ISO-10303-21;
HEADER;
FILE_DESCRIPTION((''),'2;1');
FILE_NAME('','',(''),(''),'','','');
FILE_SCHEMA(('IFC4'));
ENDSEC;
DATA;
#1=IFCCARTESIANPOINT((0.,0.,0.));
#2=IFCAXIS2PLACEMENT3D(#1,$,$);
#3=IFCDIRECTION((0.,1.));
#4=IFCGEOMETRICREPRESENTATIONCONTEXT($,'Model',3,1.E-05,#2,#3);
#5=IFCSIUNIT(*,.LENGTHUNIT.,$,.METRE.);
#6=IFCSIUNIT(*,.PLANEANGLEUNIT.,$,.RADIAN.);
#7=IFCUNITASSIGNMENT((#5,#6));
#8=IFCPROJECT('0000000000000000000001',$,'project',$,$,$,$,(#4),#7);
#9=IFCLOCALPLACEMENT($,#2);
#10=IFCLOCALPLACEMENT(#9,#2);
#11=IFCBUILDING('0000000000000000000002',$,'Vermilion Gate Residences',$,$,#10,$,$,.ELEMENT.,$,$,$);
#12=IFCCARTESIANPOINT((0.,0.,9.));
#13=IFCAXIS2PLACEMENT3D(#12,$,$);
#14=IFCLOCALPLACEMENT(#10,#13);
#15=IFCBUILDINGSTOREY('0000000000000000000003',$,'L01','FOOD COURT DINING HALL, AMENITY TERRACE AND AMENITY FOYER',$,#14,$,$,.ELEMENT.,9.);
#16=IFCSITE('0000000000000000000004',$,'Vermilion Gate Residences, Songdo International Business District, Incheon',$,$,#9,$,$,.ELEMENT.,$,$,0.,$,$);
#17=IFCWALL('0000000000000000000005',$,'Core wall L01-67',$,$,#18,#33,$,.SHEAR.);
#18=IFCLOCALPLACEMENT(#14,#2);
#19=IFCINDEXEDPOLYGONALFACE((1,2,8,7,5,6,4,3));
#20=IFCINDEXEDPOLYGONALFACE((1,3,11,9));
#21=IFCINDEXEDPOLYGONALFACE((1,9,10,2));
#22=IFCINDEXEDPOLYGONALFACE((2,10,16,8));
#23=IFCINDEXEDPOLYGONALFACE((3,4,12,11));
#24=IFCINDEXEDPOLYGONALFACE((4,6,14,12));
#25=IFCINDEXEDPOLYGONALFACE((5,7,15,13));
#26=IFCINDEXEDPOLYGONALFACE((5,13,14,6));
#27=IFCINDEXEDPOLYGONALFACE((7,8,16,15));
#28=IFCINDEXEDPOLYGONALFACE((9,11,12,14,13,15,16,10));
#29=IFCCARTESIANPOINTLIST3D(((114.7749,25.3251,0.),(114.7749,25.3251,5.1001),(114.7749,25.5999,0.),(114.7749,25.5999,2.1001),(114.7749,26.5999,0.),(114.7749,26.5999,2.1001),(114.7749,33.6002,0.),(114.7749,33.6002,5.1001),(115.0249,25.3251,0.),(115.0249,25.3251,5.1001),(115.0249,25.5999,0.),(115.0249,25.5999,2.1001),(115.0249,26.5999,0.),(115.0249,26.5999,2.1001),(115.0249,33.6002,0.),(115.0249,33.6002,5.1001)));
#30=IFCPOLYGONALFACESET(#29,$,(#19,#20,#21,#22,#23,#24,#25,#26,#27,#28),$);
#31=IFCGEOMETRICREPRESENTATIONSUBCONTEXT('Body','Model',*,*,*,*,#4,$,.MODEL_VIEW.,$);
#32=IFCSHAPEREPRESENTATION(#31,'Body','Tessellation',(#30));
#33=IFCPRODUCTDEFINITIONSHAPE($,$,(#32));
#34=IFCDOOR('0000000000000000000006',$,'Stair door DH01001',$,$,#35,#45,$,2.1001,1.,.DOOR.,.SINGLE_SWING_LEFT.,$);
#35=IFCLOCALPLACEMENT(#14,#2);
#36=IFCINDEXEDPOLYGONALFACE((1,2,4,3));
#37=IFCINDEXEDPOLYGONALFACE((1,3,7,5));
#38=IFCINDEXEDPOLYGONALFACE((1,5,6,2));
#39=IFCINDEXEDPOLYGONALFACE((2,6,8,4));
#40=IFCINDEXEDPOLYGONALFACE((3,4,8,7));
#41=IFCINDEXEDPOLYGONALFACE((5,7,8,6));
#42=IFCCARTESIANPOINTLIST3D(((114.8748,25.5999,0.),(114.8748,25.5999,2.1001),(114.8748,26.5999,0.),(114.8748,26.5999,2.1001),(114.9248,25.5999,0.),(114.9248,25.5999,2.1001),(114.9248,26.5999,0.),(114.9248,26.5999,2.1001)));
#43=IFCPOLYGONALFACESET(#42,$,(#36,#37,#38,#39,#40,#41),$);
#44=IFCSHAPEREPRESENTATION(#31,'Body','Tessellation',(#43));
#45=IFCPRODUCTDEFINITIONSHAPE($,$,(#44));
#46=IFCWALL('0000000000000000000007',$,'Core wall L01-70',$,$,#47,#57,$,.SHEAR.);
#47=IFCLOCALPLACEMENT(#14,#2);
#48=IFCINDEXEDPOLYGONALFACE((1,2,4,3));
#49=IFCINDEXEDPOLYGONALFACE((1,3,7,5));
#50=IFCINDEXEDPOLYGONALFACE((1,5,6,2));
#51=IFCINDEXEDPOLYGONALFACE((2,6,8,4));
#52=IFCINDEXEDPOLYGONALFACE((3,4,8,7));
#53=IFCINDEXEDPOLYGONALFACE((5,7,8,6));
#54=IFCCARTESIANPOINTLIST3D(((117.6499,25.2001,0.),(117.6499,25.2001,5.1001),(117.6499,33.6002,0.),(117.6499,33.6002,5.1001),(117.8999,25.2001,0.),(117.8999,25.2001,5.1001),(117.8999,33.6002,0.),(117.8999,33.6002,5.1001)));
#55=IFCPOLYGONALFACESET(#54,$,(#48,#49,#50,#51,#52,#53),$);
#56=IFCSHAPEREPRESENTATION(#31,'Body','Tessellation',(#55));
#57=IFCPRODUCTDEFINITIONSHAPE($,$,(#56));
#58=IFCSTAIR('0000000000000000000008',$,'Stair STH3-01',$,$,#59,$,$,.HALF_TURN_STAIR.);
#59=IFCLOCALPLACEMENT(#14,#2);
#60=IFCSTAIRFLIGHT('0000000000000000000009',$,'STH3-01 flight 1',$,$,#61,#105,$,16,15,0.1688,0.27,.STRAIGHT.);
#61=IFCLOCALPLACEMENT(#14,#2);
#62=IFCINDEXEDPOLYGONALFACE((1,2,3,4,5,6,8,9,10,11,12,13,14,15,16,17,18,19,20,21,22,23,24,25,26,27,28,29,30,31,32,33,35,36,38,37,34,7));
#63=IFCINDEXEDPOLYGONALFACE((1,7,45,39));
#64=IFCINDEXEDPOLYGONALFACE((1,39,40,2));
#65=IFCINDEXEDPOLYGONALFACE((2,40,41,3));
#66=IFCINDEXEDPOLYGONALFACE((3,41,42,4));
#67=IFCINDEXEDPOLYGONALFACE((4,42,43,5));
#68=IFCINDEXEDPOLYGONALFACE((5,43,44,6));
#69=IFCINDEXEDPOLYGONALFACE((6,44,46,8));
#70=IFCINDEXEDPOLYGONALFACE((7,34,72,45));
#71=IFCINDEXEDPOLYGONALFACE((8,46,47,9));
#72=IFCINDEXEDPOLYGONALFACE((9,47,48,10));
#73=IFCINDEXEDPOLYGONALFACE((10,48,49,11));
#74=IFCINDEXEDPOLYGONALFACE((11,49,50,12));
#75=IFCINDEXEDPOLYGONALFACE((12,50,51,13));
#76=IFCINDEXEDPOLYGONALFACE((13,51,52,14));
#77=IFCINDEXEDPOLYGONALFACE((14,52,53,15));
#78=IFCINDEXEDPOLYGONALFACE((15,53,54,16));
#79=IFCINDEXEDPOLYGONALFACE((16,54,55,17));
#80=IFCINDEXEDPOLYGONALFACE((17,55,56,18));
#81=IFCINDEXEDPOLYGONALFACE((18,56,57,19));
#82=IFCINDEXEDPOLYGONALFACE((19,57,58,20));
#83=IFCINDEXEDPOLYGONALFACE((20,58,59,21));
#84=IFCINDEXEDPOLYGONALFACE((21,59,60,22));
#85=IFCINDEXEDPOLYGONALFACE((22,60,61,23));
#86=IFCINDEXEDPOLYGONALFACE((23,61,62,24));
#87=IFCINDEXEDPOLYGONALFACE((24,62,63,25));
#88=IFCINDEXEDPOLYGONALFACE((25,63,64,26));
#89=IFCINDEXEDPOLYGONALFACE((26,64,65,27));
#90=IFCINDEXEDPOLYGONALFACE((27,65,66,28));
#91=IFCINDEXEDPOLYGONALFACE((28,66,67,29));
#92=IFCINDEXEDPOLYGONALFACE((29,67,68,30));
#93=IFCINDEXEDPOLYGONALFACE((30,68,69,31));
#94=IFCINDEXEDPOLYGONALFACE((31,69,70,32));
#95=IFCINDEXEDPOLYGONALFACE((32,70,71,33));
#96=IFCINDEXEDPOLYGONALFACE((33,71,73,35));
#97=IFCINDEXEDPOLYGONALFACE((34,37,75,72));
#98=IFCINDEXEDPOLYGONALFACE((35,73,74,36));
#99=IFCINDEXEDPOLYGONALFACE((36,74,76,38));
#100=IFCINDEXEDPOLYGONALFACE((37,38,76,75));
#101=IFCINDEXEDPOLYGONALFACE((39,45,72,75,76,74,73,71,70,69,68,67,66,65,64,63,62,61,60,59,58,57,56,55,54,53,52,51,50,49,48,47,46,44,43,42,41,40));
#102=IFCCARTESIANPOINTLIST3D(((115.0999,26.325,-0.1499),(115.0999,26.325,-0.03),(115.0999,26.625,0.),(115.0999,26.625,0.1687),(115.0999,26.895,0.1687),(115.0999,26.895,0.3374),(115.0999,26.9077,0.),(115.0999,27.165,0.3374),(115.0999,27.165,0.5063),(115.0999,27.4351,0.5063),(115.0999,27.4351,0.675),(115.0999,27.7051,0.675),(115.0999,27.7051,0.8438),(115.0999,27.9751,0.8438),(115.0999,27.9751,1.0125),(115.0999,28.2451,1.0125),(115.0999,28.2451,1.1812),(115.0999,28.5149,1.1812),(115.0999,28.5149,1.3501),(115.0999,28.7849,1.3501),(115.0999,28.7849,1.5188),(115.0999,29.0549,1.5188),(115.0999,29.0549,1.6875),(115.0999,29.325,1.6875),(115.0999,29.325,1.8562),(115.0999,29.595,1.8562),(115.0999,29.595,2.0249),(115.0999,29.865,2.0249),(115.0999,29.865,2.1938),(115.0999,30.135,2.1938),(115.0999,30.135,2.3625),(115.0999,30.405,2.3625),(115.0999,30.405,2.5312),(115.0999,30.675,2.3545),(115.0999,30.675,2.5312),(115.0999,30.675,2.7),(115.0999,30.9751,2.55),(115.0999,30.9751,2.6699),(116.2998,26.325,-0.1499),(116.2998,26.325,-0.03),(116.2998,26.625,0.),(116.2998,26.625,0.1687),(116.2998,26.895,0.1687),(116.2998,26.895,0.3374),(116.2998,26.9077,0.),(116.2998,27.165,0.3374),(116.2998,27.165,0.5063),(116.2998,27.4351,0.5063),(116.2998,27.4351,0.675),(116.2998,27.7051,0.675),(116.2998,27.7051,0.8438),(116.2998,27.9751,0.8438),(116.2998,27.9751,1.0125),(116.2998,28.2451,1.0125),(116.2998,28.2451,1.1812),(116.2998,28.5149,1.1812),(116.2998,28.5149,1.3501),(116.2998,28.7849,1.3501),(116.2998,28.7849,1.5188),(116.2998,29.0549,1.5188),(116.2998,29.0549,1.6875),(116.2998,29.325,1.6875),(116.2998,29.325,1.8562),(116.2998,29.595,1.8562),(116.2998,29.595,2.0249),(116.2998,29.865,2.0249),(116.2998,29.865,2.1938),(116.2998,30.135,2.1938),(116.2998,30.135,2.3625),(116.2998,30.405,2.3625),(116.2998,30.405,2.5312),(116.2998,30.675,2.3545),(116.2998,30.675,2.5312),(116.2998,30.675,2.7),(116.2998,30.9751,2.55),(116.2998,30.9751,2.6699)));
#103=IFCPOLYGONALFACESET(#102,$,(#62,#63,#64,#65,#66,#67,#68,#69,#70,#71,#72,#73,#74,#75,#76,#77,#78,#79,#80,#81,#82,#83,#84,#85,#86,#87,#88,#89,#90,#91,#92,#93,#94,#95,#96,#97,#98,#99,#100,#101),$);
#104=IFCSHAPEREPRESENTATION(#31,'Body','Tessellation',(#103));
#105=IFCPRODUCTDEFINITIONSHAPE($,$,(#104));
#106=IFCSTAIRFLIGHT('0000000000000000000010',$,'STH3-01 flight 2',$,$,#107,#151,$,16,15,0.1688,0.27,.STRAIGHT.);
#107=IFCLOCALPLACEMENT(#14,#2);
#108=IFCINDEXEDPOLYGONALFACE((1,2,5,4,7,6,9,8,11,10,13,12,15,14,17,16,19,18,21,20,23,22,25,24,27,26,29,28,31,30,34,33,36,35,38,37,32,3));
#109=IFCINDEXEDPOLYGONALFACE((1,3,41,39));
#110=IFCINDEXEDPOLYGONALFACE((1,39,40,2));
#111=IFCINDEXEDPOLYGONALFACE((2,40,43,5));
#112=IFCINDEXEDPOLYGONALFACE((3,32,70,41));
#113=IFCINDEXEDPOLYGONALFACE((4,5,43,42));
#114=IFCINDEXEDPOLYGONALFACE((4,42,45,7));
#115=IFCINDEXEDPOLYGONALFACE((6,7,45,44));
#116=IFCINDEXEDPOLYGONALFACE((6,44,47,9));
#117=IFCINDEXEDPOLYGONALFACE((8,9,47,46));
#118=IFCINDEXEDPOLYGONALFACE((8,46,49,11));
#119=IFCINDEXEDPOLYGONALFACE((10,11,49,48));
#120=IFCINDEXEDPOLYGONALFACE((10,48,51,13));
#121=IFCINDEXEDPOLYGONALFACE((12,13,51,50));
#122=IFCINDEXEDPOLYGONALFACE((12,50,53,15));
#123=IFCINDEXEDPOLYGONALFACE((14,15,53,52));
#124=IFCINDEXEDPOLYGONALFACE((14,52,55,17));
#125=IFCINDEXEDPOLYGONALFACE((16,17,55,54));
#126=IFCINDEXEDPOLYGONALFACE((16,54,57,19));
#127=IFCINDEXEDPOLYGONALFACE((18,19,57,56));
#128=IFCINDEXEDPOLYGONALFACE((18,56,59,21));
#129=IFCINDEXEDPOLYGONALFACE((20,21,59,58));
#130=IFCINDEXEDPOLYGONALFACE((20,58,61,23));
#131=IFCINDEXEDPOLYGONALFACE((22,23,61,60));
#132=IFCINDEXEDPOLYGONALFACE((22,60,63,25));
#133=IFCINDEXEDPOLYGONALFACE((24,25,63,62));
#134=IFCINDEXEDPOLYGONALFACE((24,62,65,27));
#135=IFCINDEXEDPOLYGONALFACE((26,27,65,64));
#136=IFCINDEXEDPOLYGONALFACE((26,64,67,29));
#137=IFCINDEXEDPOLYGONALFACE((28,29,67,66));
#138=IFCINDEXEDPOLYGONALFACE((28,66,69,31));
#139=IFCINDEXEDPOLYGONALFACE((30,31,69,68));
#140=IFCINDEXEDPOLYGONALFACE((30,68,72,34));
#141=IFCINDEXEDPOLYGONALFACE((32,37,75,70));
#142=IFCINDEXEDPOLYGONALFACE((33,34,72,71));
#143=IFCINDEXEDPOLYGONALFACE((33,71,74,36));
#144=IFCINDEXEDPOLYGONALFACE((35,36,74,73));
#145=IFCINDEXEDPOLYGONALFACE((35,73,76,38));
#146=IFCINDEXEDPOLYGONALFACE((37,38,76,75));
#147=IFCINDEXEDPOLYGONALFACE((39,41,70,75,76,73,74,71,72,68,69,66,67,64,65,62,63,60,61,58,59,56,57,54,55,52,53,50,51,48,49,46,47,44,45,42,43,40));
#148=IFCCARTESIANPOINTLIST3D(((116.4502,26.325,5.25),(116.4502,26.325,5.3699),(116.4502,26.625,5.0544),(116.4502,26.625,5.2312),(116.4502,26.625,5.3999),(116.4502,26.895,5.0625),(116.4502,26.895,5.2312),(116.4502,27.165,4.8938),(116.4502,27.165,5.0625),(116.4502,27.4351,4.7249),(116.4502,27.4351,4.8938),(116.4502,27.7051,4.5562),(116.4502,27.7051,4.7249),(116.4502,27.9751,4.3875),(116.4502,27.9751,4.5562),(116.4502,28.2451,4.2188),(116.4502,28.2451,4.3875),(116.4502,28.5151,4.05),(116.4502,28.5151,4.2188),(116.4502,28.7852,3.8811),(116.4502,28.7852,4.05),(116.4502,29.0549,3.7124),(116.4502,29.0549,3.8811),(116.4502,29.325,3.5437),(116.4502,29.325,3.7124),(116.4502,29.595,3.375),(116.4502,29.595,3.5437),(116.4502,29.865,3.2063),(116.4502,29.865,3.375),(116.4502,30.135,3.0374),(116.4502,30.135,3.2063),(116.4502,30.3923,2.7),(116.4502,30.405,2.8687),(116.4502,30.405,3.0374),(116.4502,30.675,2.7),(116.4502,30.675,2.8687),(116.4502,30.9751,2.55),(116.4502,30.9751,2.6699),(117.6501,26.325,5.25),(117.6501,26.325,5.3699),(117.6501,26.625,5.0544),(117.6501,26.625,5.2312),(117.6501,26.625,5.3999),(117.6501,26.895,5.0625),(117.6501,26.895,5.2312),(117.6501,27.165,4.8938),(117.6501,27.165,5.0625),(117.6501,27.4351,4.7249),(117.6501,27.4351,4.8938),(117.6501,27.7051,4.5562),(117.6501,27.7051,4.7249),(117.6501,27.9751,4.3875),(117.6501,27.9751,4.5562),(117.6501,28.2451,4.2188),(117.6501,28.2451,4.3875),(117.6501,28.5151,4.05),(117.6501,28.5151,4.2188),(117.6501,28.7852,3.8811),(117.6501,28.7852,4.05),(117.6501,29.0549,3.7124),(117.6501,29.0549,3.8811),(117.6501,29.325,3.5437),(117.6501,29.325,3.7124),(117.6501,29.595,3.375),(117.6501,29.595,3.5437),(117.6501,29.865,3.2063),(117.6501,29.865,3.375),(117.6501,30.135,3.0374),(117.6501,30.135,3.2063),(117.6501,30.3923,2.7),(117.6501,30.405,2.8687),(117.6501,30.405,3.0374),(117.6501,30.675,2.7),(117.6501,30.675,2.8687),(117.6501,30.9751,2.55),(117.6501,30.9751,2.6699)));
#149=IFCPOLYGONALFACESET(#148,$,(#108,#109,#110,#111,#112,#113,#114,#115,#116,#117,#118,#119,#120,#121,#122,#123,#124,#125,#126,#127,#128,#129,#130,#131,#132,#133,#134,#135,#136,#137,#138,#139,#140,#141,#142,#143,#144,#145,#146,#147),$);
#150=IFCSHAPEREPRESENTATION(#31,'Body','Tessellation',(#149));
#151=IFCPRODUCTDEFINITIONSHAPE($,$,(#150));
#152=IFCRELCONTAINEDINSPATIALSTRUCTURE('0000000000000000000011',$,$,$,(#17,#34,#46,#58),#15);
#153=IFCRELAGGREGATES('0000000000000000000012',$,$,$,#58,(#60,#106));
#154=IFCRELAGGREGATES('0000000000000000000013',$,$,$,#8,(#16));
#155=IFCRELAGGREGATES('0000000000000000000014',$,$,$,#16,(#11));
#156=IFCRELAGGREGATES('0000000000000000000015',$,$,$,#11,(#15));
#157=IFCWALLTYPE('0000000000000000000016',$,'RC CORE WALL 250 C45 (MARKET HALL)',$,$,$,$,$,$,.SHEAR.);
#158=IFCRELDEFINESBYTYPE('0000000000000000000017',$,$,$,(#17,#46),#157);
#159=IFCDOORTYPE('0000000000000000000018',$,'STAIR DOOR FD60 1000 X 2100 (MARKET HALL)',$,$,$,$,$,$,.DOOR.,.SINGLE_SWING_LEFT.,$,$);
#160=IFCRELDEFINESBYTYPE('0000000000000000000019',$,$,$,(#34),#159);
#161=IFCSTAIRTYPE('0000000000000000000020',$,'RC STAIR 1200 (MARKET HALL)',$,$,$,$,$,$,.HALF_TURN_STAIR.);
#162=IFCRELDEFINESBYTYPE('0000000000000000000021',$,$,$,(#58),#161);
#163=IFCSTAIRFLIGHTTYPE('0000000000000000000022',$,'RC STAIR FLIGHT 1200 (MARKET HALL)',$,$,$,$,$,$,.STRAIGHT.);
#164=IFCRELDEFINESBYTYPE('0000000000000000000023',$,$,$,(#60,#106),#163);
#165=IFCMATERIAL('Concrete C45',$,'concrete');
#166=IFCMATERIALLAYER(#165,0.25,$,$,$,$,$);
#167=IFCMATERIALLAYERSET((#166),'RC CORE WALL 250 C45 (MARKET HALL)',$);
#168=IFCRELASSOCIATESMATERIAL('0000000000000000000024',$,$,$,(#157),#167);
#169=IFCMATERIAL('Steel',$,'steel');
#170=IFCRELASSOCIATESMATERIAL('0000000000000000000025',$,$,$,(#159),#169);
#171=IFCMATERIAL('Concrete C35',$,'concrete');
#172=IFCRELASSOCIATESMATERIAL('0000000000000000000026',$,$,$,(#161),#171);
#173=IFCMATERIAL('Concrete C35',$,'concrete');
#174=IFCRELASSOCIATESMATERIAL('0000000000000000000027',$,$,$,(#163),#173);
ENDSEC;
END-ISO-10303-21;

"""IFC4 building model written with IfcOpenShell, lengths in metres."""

from ifc_helpers import new_model, si_unit, direction, frame, frame_2d, origin, place, context, subcontext, project, spatial, polyline, rectangle, outline, extrude, material, layer, layer_set, type_object, element, fill, aggregate, save


model = new_model("IFC4")

# Units and contexts
model_context = context("Model", 3, precision=1e-05, world=origin(), true_north=direction((0.0, 1.0)))
body_context = subcontext(model_context, "Body", "Model", "MODEL_VIEW")
ifc_project = project(units=[si_unit("LENGTHUNIT", "METRE"), si_unit("PLANEANGLEUNIT", "RADIAN")], contexts=[model_context])

# Site, building, storey
site_placement = place(None, origin())
site = spatial("IfcSite", under=ifc_project, at=site_placement, Name="Vermilion Gate Residences, Songdo International Business District, Incheon", CompositionType="ELEMENT", RefElevation=0.0)
building_placement = place(site_placement, origin())
building = spatial("IfcBuilding", under=site, at=building_placement, Name="Vermilion Gate Residences", CompositionType="ELEMENT")
storey_placement = place(building_placement, frame((0.0, 0.0, 9.0)))
storey = spatial("IfcBuildingStorey", under=building, at=storey_placement, Name="L01", Description="FOOD COURT DINING HALL, AMENITY TERRACE AND AMENITY FOYER", CompositionType="ELEMENT", Elevation=9.0)

# Shared definitions
ifc_material_1 = material(Name="Concrete C45", Category="concrete")
ifc_layer_1 = layer(ifc_material_1, 0.25)
ifc_layer_set_1 = layer_set([ifc_layer_1], Name="RC CORE WALL 250 C45 (MARKET HALL)")
wall_type_1 = type_object("IfcWallType", Name="RC CORE WALL 250 C45 (MARKET HALL)", PredefinedType="SHEAR", material=ifc_layer_set_1)

# Wall, opening, door
wall_1_placement = place(storey_placement, frame((114.8999, 25.325, 0.0), z_axis=(0.0, 0.0, 1.0), x_axis=(0.0, 1.0, 0.0)))
wall_1 = element("IfcWall", 1, at=wall_1_placement, inside=storey, type_object=wall_type_1, Name="Core wall L01-67", PredefinedType="SHEAR", context=body_context, shape_type="SweptSolid", body=[
    extrude(rectangle(XDim=8.2751, YDim=0.25, at=frame_2d((4.1377, 0.0))), origin(), (0.0, 0.0, 1.0), 5.1001),
])
opening_1_placement = place(wall_1_placement, frame((0.2749, 0.0, 0.0)))
opening_1 = element("IfcOpeningElement", 2, at=opening_1_placement, cuts=wall_1, PredefinedType="OPENING", context=body_context, shape_type="SweptSolid", body=[
    extrude(rectangle(XDim=1.0, YDim=2.1001, at=frame_2d((0.5, 1.05))), frame((0.0, 0.135, 0.0), z_axis=(0.0, -1.0, 0.0), x_axis=(1.0, 0.0, 0.0)), (0.0, 0.0, 1.0), 0.27),
])
ifc_material_2 = material(Name="Steel", Category="steel")
door_type_1 = type_object("IfcDoorType", Name="STAIR DOOR FD60 1000 X 2100 (MARKET HALL)", OperationType="SINGLE_SWING_LEFT", PredefinedType="DOOR", material=ifc_material_2)
door_1_placement = place(opening_1_placement, frame((1.0, 0.0, 0.0), z_axis=(0.0, 0.0, 1.0), x_axis=(-1.0, 0.0, 0.0)))
door_1 = element("IfcDoor", 3, at=door_1_placement, inside=storey, type_object=door_type_1, Name="Stair door DH01001", OperationType="SINGLE_SWING_LEFT", OverallHeight=2.1001, OverallWidth=1.0, PredefinedType="DOOR", context=body_context, shape_type="SweptSolid", body=[
    extrude(rectangle(XDim=1.0, YDim=2.1001, at=frame_2d((0.5, 1.05))), frame((0.0, 0.0249, 0.0), z_axis=(0.0, -1.0, 0.0), x_axis=(1.0, 0.0, 0.0)), (0.0, 0.0, 1.0), 0.05),
])
fill(opening_1, door_1)

# Wall
wall_2_placement = place(storey_placement, frame((117.7749, 25.2, 0.0), z_axis=(0.0, 0.0, 1.0), x_axis=(0.0, 1.0, 0.0)))
element("IfcWall", 4, at=wall_2_placement, inside=storey, type_object=wall_type_1, Name="Core wall L01-70", PredefinedType="SHEAR", context=body_context, shape_type="SweptSolid", body=[
    extrude(rectangle(XDim=8.4001, YDim=0.25, at=frame_2d((4.2002, 0.0))), origin(), (0.0, 0.0, 1.0), 5.1001),
])

# Stair, stair flights
ifc_material_3 = material(Name="Concrete C35", Category="concrete")
stair_type = type_object("IfcStairType", Name="RC STAIR 1200 (MARKET HALL)", PredefinedType="HALF_TURN_STAIR", material=ifc_material_3)
stair_placement = place(storey_placement, origin())
stair = element("IfcStair", 5, at=stair_placement, inside=storey, type_object=stair_type, Name="Stair STH3-01", PredefinedType="HALF_TURN_STAIR")
ifc_material_4 = material(Name="Concrete C35", Category="concrete")
stair_flight_type = type_object("IfcStairFlightType", Name="RC STAIR FLIGHT 1200 (MARKET HALL)", PredefinedType="STRAIGHT", material=ifc_material_4)
stair_flight_1_placement = place(storey_placement, frame((115.7, 26.625, 0.0), z_axis=(0.0, 0.0, 1.0), x_axis=(0.0, 1.0, 0.0)))
stair_flight_1 = element("IfcStairFlight", 6, at=stair_flight_1_placement, type_object=stair_flight_type, Name="STH3-01 flight 1", NumberOfRisers=16, NumberOfTreads=15, PredefinedType="STRAIGHT", RiserHeight=0.1688, TreadLength=0.27, context=body_context, shape_type="SweptSolid", body=[
    extrude(outline(polyline([(-0.3, -0.1499), (-0.3, -0.03), (0.0, 0.0), (0.0, 0.1687), (0.27, 0.1687), (0.27, 0.3374), (0.54, 0.3374), (0.54, 0.5063), (0.8101, 0.5063), (0.8101, 0.675), (1.0801, 0.675), (1.0801, 0.8438), (1.3501, 0.8438), (1.3501, 1.0125), (1.6201, 1.0125), (1.6201, 1.1812), (1.8899, 1.1812), (1.8899, 1.3501), (2.1599, 1.3501), (2.1599, 1.5188), (2.4299, 1.5188), (2.4299, 1.6875), (2.7, 1.6875), (2.7, 1.8562), (2.97, 1.8562), (2.97, 2.0249), (3.24, 2.0249), (3.24, 2.1938), (3.51, 2.1938), (3.51, 2.3625), (3.78, 2.3625), (3.78, 2.5312), (4.05, 2.5312), (4.05, 2.7), (4.3501, 2.6699), (4.3501, 2.55), (4.05, 2.3545), (0.2827, 0.0), (-0.3, -0.1499)])), frame((0.0, 0.6001, 0.0), z_axis=(0.0, -1.0, 0.0), x_axis=(1.0, 0.0, 0.0)), (0.0, 0.0, 1.0), 1.2),
])
stair_flight_2_placement = place(storey_placement, frame((117.05, 30.675, 2.7), z_axis=(0.0, 0.0, 1.0), x_axis=(0.0, -1.0, 0.0)))
stair_flight_2 = element("IfcStairFlight", 7, at=stair_flight_2_placement, type_object=stair_flight_type, Name="STH3-01 flight 2", NumberOfRisers=16, NumberOfTreads=15, PredefinedType="STRAIGHT", RiserHeight=0.1688, TreadLength=0.27, context=body_context, shape_type="SweptSolid", body=[
    extrude(outline(polyline([(-0.3, -0.1499), (-0.3, -0.03), (0.0, 0.0), (0.0, 0.1687), (0.27, 0.1687), (0.27, 0.3374), (0.54, 0.3374), (0.54, 0.5063), (0.8101, 0.5063), (0.8101, 0.675), (1.0801, 0.675), (1.0801, 0.8438), (1.3501, 0.8438), (1.3501, 1.0125), (1.6201, 1.0125), (1.6201, 1.1812), (1.8899, 1.1812), (1.8899, 1.3501), (2.1599, 1.3501), (2.1599, 1.5188), (2.4299, 1.5188), (2.4299, 1.6875), (2.7, 1.6875), (2.7, 1.8562), (2.97, 1.8562), (2.97, 2.0249), (3.24, 2.0249), (3.24, 2.1938), (3.51, 2.1938), (3.51, 2.3625), (3.78, 2.3625), (3.78, 2.5312), (4.05, 2.5312), (4.05, 2.7), (4.3501, 2.6699), (4.3501, 2.55), (4.05, 2.3545), (0.2827, 0.0), (-0.3, -0.1499)])), frame((0.0, 0.6001, 0.0), z_axis=(0.0, -1.0, 0.0), x_axis=(1.0, 0.0, 0.0)), (0.0, 0.0, 1.0), 1.2),
])
aggregate(stair, [stair_flight_1, stair_flight_2])

save(model, "model.ifc")
